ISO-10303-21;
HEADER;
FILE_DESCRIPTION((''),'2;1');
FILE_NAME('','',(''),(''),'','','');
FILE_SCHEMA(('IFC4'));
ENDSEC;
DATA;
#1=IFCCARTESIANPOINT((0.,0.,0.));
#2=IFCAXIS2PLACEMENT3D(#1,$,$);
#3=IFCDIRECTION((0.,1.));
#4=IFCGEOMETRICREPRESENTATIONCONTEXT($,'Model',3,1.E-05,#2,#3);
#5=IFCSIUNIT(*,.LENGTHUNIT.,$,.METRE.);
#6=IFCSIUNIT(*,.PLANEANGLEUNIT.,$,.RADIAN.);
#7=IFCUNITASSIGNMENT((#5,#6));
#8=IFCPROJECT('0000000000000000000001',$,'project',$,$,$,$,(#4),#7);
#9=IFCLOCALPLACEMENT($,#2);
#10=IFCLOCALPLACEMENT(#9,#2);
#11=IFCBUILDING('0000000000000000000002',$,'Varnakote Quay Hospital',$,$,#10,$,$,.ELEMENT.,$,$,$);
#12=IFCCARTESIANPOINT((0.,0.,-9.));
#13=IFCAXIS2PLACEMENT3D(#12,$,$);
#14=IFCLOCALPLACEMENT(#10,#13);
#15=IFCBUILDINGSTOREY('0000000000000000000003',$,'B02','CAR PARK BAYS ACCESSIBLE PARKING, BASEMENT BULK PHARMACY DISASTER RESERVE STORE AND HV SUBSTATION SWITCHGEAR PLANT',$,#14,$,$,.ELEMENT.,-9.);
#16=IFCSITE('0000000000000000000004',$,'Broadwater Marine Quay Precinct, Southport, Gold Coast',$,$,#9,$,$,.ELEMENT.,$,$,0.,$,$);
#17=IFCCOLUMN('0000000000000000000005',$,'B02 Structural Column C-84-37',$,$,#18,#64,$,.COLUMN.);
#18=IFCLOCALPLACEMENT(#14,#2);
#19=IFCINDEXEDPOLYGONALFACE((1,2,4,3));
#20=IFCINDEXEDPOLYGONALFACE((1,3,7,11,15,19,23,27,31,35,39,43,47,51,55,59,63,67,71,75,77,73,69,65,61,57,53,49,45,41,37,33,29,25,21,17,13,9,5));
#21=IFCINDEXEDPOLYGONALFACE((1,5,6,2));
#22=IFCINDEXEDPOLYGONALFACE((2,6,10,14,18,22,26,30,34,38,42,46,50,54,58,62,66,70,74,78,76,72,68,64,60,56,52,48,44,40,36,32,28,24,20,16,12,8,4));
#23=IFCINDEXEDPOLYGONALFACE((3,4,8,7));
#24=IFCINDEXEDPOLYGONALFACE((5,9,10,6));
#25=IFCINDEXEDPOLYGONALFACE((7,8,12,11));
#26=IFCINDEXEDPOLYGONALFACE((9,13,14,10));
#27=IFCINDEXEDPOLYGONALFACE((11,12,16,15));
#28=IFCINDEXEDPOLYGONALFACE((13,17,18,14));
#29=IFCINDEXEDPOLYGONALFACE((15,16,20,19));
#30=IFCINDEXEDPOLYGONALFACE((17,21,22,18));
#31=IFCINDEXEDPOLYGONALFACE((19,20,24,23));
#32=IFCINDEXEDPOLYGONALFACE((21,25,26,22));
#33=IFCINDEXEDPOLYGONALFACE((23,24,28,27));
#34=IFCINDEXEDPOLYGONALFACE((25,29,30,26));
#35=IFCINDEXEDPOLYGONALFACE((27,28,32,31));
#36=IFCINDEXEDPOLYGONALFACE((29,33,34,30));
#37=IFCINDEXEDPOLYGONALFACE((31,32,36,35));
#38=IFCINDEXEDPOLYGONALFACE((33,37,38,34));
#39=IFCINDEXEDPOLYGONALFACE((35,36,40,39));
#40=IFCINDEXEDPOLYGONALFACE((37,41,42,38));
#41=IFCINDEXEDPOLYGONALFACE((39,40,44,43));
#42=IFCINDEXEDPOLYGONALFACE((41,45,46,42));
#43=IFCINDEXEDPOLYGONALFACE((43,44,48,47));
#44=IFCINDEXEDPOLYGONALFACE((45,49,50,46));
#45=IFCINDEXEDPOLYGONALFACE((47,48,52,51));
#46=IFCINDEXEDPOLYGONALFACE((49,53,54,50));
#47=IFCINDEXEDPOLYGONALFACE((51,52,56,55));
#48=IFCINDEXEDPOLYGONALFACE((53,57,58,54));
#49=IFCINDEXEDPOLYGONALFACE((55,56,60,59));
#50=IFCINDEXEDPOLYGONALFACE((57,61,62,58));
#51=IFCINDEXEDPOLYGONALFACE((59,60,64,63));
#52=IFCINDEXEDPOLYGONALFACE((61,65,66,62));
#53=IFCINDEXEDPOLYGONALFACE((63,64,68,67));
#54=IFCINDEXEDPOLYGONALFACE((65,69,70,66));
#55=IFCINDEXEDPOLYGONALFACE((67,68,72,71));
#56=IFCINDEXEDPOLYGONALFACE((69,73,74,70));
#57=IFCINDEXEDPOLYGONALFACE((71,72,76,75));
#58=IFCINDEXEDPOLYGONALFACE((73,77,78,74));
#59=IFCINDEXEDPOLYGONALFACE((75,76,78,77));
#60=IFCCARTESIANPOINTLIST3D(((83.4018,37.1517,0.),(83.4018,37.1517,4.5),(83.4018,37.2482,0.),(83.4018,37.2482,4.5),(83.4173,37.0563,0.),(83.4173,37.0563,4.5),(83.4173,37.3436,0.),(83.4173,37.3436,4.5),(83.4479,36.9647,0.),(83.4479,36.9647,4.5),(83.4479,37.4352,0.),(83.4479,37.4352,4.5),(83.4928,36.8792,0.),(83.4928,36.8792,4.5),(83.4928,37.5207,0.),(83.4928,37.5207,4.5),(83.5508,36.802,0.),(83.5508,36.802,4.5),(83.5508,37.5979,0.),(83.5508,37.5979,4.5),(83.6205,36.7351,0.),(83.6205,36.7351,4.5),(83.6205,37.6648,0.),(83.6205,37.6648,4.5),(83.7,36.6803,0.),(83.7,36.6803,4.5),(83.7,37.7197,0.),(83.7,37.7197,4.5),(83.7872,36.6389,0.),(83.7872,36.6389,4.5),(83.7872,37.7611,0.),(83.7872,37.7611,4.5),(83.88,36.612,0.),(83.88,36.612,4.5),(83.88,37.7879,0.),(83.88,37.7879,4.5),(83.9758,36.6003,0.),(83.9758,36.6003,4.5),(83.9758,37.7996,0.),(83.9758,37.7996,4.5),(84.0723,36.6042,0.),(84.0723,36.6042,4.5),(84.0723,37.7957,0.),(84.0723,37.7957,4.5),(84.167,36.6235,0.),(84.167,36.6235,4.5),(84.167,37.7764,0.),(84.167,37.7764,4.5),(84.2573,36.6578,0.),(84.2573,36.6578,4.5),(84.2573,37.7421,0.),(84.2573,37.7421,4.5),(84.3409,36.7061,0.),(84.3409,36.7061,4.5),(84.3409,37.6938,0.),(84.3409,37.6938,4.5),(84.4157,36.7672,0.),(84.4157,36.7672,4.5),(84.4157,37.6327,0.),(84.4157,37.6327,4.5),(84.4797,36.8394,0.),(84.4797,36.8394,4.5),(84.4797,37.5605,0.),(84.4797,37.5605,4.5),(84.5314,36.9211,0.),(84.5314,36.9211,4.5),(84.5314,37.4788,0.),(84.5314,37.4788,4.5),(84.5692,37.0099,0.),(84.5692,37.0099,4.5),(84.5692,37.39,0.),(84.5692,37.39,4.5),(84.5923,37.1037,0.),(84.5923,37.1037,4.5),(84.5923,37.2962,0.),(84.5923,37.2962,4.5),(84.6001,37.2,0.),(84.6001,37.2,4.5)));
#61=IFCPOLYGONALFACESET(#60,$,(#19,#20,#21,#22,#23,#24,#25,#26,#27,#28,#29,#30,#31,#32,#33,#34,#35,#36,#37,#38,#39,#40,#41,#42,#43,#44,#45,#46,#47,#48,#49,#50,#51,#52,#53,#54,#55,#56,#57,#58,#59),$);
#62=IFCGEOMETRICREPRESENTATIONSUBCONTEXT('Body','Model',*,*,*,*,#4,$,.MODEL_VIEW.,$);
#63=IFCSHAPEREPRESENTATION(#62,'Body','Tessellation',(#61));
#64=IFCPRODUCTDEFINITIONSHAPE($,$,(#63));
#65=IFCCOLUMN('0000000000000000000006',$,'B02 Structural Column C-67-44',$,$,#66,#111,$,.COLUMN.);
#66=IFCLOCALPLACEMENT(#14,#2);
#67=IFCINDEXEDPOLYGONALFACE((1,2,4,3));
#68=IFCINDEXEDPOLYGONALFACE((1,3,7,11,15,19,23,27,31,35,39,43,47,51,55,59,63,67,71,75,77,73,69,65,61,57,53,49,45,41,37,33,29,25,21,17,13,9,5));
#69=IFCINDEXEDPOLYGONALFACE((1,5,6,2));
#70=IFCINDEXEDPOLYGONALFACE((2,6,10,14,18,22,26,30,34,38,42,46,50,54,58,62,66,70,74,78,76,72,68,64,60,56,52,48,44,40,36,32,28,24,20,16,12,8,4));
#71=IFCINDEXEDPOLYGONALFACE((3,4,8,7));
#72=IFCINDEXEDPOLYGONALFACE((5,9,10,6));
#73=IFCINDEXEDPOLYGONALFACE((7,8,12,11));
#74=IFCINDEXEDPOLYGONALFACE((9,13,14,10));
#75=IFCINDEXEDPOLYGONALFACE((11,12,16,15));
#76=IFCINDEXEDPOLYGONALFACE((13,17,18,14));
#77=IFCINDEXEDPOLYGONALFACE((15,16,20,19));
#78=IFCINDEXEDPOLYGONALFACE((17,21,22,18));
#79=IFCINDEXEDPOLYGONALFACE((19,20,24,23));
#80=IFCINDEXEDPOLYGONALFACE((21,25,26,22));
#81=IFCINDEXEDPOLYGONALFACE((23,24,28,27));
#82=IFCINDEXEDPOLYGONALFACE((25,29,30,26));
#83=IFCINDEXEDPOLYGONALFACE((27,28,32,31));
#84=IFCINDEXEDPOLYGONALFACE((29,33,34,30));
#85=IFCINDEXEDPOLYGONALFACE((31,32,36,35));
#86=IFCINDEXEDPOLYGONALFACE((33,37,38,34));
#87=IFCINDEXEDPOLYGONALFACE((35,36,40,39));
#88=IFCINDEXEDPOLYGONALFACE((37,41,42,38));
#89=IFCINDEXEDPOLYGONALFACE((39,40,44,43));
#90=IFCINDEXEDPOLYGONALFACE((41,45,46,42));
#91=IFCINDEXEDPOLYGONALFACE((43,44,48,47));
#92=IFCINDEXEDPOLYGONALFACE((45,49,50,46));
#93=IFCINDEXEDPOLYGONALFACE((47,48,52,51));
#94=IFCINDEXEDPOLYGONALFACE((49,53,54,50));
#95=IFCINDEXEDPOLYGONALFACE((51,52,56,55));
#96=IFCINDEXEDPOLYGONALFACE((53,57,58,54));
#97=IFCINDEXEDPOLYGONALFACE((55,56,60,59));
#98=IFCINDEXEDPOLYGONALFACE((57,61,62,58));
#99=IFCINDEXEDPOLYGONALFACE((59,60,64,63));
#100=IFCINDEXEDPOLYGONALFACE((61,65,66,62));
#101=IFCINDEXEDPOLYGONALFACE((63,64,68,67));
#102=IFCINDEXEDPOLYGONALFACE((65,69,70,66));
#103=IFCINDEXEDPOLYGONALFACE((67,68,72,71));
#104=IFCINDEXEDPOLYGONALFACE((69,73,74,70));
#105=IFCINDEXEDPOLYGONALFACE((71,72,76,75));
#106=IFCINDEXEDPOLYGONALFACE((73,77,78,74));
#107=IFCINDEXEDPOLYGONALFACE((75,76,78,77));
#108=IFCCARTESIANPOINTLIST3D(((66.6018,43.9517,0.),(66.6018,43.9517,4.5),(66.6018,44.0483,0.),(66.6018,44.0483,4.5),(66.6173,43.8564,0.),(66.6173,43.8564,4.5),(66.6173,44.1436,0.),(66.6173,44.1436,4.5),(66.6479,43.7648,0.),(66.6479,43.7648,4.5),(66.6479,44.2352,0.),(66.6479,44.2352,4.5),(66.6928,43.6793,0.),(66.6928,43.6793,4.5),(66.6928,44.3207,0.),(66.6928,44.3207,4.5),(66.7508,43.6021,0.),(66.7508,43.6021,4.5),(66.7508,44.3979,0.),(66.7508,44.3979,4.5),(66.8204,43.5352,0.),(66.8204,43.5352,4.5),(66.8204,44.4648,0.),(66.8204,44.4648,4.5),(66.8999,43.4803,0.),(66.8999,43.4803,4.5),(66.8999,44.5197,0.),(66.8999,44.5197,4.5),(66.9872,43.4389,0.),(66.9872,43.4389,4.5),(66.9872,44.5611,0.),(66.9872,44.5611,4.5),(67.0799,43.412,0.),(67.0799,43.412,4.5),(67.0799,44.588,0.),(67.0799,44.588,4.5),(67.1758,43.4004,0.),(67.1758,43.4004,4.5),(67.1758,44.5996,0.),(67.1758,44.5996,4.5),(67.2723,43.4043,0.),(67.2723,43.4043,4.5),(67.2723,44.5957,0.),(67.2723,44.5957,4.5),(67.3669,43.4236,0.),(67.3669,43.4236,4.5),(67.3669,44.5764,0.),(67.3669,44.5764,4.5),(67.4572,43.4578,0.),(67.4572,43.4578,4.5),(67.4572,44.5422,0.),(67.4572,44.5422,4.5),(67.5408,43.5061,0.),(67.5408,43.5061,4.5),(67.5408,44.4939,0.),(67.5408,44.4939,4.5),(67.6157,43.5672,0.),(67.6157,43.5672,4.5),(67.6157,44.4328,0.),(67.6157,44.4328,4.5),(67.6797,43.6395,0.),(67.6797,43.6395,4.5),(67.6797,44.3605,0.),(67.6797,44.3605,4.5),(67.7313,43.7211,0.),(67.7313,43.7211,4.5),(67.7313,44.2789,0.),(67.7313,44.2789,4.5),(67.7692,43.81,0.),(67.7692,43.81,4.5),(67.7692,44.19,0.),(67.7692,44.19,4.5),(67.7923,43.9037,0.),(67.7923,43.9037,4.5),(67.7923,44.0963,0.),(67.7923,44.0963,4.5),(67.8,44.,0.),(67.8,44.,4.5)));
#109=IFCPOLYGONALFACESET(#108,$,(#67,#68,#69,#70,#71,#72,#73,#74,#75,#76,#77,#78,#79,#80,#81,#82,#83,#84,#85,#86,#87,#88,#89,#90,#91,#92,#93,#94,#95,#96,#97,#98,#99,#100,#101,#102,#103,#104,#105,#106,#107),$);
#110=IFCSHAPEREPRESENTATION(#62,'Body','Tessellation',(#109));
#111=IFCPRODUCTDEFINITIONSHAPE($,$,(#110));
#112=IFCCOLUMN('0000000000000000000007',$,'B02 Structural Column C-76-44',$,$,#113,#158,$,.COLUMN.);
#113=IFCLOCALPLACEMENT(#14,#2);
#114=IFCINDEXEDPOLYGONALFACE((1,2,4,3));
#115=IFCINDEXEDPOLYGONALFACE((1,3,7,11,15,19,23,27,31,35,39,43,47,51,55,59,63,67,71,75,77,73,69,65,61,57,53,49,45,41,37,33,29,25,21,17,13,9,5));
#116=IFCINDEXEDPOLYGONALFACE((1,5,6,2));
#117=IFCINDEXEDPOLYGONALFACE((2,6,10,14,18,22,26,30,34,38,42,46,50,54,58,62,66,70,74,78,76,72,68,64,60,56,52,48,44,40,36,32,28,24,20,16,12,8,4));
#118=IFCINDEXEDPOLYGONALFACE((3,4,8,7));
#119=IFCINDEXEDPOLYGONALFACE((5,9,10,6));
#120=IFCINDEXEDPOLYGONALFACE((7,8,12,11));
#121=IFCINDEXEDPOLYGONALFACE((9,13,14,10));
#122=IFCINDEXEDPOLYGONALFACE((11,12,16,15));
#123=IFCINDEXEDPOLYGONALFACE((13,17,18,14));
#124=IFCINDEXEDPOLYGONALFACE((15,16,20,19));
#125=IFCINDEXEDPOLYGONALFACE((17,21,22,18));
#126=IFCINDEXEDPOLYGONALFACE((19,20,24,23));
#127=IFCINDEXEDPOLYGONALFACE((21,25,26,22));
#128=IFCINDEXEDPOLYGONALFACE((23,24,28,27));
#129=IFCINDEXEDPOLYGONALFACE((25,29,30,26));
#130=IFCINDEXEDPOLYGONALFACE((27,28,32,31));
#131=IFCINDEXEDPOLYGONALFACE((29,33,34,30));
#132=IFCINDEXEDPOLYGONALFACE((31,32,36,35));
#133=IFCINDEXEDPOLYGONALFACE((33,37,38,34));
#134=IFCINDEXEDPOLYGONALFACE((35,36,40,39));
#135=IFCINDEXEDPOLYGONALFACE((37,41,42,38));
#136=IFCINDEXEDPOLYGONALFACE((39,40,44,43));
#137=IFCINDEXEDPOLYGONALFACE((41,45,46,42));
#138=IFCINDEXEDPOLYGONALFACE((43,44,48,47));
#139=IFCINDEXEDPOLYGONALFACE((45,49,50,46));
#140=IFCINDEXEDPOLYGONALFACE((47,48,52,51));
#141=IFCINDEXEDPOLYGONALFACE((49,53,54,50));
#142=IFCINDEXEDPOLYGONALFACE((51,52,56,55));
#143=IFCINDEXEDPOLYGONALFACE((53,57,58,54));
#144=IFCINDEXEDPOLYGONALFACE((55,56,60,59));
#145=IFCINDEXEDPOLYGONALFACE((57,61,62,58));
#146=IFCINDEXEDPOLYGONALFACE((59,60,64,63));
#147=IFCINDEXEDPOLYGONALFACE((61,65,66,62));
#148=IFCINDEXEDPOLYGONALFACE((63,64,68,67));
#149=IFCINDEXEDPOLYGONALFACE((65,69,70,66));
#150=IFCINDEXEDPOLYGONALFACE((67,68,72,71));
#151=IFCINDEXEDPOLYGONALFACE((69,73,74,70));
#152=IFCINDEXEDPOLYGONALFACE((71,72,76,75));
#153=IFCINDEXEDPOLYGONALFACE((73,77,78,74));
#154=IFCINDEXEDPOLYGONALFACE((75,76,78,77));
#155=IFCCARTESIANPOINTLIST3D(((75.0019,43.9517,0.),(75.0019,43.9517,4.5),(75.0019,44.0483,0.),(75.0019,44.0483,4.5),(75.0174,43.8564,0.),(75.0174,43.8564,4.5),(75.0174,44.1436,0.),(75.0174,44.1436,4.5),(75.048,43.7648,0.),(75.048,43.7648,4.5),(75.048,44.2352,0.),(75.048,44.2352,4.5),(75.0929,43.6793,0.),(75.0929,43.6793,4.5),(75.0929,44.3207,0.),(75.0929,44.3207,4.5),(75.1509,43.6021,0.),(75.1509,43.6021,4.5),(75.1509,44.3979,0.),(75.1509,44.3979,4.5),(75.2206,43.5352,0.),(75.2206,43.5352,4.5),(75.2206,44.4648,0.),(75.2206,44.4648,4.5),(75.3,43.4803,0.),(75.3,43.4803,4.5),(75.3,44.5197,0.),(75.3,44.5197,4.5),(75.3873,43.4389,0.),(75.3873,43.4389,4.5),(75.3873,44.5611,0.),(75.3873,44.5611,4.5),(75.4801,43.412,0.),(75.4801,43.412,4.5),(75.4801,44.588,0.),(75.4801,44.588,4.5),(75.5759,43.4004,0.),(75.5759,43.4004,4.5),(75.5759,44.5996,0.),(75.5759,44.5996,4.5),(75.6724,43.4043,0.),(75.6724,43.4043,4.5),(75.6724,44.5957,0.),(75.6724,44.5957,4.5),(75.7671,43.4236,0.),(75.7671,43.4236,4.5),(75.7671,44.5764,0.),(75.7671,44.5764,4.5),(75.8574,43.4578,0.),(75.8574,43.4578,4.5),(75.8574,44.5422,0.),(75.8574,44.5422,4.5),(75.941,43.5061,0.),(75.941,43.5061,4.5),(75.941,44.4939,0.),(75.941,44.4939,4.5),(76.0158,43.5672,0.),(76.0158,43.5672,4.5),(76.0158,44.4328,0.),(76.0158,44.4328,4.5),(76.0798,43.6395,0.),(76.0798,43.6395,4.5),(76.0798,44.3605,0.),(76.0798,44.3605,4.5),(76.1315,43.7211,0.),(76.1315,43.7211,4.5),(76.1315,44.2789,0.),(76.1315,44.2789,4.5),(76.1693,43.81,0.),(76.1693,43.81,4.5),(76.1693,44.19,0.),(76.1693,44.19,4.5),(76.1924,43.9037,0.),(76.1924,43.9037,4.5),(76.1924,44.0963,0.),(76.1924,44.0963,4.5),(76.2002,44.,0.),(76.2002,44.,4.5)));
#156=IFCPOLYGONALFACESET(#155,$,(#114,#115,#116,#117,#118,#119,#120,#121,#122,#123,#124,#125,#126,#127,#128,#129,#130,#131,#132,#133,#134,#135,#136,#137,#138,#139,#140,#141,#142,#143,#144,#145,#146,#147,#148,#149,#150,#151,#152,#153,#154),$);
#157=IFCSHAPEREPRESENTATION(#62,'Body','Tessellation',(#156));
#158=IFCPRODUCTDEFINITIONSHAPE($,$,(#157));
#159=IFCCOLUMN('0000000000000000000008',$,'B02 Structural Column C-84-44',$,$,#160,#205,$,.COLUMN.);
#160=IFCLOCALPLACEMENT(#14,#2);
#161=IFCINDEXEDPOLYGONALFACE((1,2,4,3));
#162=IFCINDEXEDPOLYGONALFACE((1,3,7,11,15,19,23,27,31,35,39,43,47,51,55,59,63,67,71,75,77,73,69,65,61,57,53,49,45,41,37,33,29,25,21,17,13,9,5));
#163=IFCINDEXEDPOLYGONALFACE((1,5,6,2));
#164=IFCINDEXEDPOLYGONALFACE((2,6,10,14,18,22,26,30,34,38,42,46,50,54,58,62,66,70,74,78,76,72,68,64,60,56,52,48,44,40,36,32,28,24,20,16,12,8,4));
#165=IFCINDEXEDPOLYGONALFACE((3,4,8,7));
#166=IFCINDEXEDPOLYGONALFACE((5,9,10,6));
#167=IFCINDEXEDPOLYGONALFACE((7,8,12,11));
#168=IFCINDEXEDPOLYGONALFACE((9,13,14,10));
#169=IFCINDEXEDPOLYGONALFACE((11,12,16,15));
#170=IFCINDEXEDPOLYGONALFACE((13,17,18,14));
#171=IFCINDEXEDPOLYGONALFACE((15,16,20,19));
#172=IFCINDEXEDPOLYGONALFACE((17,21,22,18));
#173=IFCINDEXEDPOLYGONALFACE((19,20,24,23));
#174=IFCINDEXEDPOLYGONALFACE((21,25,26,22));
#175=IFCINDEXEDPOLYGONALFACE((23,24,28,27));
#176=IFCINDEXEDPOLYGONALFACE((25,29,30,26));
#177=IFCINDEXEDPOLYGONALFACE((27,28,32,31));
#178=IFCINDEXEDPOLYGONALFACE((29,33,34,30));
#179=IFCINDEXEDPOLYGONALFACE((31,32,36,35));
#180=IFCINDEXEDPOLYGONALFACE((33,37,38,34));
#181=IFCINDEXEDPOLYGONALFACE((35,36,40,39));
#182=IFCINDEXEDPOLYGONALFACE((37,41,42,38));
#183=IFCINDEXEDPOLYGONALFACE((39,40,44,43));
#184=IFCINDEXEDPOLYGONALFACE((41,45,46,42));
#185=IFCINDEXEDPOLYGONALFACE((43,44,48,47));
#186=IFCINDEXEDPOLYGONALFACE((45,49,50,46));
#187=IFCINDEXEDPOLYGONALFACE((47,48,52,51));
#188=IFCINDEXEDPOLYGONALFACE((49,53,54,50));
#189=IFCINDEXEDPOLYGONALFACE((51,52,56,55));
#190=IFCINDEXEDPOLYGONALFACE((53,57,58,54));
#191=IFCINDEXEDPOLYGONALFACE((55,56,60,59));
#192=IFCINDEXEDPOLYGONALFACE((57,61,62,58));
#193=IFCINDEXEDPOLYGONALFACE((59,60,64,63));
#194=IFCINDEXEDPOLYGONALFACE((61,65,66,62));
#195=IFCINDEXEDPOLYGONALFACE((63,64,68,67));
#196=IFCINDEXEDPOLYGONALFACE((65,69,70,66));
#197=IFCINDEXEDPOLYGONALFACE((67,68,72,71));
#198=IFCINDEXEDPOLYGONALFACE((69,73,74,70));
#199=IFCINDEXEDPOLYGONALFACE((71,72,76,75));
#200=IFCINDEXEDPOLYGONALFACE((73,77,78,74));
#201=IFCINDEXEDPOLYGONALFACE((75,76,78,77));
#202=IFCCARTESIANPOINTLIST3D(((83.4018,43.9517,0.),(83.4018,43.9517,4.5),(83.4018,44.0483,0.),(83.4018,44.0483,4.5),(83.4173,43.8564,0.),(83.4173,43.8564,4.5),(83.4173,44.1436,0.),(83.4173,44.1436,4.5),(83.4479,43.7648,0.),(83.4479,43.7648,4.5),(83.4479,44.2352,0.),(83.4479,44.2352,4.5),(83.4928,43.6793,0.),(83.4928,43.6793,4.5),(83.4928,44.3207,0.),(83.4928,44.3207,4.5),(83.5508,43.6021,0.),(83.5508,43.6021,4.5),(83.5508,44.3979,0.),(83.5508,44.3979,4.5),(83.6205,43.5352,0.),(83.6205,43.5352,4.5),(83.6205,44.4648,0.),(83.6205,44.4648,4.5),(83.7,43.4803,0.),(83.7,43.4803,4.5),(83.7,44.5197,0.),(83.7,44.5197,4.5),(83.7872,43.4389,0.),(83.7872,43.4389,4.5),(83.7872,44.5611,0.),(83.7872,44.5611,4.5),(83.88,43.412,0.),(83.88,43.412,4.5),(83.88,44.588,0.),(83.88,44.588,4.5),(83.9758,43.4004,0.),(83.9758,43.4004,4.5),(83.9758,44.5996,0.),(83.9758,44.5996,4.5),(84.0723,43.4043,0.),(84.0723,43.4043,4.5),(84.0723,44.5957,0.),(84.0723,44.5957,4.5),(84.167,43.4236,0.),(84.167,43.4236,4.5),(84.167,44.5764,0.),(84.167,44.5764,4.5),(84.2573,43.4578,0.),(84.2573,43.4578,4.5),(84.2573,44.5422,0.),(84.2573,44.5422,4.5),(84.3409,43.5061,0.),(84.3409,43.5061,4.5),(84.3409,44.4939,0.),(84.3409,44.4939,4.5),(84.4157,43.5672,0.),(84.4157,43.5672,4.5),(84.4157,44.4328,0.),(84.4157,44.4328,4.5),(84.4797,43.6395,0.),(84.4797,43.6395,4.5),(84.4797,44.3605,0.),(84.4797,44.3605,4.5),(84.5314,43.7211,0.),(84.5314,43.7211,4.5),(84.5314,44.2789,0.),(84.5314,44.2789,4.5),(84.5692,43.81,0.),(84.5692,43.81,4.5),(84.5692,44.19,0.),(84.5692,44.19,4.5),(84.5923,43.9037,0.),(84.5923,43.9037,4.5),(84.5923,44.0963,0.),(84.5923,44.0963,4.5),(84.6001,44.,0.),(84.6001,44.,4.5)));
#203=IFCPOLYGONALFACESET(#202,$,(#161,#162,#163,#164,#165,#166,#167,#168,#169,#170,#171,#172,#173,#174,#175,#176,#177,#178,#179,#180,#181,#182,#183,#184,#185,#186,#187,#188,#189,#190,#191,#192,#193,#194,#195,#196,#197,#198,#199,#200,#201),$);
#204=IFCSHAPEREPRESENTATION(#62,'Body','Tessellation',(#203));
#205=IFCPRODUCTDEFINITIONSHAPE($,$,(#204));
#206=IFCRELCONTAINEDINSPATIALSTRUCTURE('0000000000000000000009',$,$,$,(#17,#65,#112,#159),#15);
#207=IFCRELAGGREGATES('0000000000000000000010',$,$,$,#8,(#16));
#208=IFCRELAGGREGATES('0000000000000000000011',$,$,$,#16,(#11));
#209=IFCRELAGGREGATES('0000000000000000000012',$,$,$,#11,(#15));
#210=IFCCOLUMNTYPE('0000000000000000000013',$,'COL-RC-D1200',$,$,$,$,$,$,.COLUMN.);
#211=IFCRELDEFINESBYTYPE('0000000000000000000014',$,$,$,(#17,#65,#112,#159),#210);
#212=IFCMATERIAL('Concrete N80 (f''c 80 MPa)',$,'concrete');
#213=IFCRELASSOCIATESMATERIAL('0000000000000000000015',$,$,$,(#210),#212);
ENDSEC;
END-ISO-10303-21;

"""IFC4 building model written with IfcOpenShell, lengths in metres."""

from ifc_helpers import new_model, si_unit, direction, frame, origin, origin_2d, place, context, subcontext, project, spatial, circle, extrude, material, material_profile, profile_set, type_object, element, save


model = new_model("IFC4")

# Units and contexts
model_context = context("Model", 3, precision=1e-05, world=origin(), true_north=direction((0.0, 1.0)))
body_context = subcontext(model_context, "Body", "Model", "MODEL_VIEW")
ifc_project = project(units=[si_unit("LENGTHUNIT", "METRE"), si_unit("PLANEANGLEUNIT", "RADIAN")], contexts=[model_context])

# Site, building, storey
site_placement = place(None, origin())
site = spatial("IfcSite", under=ifc_project, at=site_placement, Name="Broadwater Marine Quay Precinct, Southport, Gold Coast", CompositionType="ELEMENT", RefElevation=0.0)
building_placement = place(site_placement, origin())
building = spatial("IfcBuilding", under=site, at=building_placement, Name="Varnakote Quay Hospital", CompositionType="ELEMENT")
storey_placement = place(building_placement, frame((0.0, 0.0, -9.0)))
storey = spatial("IfcBuildingStorey", under=building, at=storey_placement, Name="B02", Description="CAR PARK BAYS ACCESSIBLE PARKING, BASEMENT BULK PHARMACY DISASTER RESERVE STORE AND HV SUBSTATION SWITCHGEAR PLANT", CompositionType="ELEMENT", Elevation=-9.0)

# Columns
ifc_material_1 = material(Name="Concrete N80 (f'c 80 MPa)", Category="concrete")
ifc_material_profile_1 = material_profile(ifc_material_1, circle(Radius=0.6001, at=origin_2d()), Name="RC-COL-D1200")
ifc_profile_set_1 = profile_set([ifc_material_profile_1], Name="Concrete N80 (f'c 80 MPa)")
column_type = type_object("IfcColumnType", Name="COL-RC-D1200", PredefinedType="COLUMN", material=ifc_profile_set_1)
for number, where, z_axis, x_axis, name in (
    (1, (84.0, 37.2, 0.0), (0.0, 0.0, 1.0), (1.0, 0.0, 0.0), "B02 Structural Column C-84-37"),
    (2, (67.2, 44.0, 0.0), (0.0, 0.0, 1.0), (1.0, 0.0, 0.0), "B02 Structural Column C-67-44"),
    (3, (75.6001, 44.0, 0.0), (0.0, 0.0, 1.0), (1.0, 0.0, 0.0), "B02 Structural Column C-76-44"),
    (4, (84.0, 44.0, 0.0), (0.0, 0.0, 1.0), (1.0, 0.0, 0.0), "B02 Structural Column C-84-44"),
):
    element("IfcColumn", number, at=place(storey_placement, frame(where, z_axis=z_axis, x_axis=x_axis)), inside=storey, type_object=column_type, Name=name, PredefinedType="COLUMN", context=body_context, shape_type="SweptSolid", body=[
        extrude(circle(Radius=0.6001, at=origin_2d()), origin(), (0.0, 0.0, 1.0), 4.5),
    ])

save(model, "model.ifc")
